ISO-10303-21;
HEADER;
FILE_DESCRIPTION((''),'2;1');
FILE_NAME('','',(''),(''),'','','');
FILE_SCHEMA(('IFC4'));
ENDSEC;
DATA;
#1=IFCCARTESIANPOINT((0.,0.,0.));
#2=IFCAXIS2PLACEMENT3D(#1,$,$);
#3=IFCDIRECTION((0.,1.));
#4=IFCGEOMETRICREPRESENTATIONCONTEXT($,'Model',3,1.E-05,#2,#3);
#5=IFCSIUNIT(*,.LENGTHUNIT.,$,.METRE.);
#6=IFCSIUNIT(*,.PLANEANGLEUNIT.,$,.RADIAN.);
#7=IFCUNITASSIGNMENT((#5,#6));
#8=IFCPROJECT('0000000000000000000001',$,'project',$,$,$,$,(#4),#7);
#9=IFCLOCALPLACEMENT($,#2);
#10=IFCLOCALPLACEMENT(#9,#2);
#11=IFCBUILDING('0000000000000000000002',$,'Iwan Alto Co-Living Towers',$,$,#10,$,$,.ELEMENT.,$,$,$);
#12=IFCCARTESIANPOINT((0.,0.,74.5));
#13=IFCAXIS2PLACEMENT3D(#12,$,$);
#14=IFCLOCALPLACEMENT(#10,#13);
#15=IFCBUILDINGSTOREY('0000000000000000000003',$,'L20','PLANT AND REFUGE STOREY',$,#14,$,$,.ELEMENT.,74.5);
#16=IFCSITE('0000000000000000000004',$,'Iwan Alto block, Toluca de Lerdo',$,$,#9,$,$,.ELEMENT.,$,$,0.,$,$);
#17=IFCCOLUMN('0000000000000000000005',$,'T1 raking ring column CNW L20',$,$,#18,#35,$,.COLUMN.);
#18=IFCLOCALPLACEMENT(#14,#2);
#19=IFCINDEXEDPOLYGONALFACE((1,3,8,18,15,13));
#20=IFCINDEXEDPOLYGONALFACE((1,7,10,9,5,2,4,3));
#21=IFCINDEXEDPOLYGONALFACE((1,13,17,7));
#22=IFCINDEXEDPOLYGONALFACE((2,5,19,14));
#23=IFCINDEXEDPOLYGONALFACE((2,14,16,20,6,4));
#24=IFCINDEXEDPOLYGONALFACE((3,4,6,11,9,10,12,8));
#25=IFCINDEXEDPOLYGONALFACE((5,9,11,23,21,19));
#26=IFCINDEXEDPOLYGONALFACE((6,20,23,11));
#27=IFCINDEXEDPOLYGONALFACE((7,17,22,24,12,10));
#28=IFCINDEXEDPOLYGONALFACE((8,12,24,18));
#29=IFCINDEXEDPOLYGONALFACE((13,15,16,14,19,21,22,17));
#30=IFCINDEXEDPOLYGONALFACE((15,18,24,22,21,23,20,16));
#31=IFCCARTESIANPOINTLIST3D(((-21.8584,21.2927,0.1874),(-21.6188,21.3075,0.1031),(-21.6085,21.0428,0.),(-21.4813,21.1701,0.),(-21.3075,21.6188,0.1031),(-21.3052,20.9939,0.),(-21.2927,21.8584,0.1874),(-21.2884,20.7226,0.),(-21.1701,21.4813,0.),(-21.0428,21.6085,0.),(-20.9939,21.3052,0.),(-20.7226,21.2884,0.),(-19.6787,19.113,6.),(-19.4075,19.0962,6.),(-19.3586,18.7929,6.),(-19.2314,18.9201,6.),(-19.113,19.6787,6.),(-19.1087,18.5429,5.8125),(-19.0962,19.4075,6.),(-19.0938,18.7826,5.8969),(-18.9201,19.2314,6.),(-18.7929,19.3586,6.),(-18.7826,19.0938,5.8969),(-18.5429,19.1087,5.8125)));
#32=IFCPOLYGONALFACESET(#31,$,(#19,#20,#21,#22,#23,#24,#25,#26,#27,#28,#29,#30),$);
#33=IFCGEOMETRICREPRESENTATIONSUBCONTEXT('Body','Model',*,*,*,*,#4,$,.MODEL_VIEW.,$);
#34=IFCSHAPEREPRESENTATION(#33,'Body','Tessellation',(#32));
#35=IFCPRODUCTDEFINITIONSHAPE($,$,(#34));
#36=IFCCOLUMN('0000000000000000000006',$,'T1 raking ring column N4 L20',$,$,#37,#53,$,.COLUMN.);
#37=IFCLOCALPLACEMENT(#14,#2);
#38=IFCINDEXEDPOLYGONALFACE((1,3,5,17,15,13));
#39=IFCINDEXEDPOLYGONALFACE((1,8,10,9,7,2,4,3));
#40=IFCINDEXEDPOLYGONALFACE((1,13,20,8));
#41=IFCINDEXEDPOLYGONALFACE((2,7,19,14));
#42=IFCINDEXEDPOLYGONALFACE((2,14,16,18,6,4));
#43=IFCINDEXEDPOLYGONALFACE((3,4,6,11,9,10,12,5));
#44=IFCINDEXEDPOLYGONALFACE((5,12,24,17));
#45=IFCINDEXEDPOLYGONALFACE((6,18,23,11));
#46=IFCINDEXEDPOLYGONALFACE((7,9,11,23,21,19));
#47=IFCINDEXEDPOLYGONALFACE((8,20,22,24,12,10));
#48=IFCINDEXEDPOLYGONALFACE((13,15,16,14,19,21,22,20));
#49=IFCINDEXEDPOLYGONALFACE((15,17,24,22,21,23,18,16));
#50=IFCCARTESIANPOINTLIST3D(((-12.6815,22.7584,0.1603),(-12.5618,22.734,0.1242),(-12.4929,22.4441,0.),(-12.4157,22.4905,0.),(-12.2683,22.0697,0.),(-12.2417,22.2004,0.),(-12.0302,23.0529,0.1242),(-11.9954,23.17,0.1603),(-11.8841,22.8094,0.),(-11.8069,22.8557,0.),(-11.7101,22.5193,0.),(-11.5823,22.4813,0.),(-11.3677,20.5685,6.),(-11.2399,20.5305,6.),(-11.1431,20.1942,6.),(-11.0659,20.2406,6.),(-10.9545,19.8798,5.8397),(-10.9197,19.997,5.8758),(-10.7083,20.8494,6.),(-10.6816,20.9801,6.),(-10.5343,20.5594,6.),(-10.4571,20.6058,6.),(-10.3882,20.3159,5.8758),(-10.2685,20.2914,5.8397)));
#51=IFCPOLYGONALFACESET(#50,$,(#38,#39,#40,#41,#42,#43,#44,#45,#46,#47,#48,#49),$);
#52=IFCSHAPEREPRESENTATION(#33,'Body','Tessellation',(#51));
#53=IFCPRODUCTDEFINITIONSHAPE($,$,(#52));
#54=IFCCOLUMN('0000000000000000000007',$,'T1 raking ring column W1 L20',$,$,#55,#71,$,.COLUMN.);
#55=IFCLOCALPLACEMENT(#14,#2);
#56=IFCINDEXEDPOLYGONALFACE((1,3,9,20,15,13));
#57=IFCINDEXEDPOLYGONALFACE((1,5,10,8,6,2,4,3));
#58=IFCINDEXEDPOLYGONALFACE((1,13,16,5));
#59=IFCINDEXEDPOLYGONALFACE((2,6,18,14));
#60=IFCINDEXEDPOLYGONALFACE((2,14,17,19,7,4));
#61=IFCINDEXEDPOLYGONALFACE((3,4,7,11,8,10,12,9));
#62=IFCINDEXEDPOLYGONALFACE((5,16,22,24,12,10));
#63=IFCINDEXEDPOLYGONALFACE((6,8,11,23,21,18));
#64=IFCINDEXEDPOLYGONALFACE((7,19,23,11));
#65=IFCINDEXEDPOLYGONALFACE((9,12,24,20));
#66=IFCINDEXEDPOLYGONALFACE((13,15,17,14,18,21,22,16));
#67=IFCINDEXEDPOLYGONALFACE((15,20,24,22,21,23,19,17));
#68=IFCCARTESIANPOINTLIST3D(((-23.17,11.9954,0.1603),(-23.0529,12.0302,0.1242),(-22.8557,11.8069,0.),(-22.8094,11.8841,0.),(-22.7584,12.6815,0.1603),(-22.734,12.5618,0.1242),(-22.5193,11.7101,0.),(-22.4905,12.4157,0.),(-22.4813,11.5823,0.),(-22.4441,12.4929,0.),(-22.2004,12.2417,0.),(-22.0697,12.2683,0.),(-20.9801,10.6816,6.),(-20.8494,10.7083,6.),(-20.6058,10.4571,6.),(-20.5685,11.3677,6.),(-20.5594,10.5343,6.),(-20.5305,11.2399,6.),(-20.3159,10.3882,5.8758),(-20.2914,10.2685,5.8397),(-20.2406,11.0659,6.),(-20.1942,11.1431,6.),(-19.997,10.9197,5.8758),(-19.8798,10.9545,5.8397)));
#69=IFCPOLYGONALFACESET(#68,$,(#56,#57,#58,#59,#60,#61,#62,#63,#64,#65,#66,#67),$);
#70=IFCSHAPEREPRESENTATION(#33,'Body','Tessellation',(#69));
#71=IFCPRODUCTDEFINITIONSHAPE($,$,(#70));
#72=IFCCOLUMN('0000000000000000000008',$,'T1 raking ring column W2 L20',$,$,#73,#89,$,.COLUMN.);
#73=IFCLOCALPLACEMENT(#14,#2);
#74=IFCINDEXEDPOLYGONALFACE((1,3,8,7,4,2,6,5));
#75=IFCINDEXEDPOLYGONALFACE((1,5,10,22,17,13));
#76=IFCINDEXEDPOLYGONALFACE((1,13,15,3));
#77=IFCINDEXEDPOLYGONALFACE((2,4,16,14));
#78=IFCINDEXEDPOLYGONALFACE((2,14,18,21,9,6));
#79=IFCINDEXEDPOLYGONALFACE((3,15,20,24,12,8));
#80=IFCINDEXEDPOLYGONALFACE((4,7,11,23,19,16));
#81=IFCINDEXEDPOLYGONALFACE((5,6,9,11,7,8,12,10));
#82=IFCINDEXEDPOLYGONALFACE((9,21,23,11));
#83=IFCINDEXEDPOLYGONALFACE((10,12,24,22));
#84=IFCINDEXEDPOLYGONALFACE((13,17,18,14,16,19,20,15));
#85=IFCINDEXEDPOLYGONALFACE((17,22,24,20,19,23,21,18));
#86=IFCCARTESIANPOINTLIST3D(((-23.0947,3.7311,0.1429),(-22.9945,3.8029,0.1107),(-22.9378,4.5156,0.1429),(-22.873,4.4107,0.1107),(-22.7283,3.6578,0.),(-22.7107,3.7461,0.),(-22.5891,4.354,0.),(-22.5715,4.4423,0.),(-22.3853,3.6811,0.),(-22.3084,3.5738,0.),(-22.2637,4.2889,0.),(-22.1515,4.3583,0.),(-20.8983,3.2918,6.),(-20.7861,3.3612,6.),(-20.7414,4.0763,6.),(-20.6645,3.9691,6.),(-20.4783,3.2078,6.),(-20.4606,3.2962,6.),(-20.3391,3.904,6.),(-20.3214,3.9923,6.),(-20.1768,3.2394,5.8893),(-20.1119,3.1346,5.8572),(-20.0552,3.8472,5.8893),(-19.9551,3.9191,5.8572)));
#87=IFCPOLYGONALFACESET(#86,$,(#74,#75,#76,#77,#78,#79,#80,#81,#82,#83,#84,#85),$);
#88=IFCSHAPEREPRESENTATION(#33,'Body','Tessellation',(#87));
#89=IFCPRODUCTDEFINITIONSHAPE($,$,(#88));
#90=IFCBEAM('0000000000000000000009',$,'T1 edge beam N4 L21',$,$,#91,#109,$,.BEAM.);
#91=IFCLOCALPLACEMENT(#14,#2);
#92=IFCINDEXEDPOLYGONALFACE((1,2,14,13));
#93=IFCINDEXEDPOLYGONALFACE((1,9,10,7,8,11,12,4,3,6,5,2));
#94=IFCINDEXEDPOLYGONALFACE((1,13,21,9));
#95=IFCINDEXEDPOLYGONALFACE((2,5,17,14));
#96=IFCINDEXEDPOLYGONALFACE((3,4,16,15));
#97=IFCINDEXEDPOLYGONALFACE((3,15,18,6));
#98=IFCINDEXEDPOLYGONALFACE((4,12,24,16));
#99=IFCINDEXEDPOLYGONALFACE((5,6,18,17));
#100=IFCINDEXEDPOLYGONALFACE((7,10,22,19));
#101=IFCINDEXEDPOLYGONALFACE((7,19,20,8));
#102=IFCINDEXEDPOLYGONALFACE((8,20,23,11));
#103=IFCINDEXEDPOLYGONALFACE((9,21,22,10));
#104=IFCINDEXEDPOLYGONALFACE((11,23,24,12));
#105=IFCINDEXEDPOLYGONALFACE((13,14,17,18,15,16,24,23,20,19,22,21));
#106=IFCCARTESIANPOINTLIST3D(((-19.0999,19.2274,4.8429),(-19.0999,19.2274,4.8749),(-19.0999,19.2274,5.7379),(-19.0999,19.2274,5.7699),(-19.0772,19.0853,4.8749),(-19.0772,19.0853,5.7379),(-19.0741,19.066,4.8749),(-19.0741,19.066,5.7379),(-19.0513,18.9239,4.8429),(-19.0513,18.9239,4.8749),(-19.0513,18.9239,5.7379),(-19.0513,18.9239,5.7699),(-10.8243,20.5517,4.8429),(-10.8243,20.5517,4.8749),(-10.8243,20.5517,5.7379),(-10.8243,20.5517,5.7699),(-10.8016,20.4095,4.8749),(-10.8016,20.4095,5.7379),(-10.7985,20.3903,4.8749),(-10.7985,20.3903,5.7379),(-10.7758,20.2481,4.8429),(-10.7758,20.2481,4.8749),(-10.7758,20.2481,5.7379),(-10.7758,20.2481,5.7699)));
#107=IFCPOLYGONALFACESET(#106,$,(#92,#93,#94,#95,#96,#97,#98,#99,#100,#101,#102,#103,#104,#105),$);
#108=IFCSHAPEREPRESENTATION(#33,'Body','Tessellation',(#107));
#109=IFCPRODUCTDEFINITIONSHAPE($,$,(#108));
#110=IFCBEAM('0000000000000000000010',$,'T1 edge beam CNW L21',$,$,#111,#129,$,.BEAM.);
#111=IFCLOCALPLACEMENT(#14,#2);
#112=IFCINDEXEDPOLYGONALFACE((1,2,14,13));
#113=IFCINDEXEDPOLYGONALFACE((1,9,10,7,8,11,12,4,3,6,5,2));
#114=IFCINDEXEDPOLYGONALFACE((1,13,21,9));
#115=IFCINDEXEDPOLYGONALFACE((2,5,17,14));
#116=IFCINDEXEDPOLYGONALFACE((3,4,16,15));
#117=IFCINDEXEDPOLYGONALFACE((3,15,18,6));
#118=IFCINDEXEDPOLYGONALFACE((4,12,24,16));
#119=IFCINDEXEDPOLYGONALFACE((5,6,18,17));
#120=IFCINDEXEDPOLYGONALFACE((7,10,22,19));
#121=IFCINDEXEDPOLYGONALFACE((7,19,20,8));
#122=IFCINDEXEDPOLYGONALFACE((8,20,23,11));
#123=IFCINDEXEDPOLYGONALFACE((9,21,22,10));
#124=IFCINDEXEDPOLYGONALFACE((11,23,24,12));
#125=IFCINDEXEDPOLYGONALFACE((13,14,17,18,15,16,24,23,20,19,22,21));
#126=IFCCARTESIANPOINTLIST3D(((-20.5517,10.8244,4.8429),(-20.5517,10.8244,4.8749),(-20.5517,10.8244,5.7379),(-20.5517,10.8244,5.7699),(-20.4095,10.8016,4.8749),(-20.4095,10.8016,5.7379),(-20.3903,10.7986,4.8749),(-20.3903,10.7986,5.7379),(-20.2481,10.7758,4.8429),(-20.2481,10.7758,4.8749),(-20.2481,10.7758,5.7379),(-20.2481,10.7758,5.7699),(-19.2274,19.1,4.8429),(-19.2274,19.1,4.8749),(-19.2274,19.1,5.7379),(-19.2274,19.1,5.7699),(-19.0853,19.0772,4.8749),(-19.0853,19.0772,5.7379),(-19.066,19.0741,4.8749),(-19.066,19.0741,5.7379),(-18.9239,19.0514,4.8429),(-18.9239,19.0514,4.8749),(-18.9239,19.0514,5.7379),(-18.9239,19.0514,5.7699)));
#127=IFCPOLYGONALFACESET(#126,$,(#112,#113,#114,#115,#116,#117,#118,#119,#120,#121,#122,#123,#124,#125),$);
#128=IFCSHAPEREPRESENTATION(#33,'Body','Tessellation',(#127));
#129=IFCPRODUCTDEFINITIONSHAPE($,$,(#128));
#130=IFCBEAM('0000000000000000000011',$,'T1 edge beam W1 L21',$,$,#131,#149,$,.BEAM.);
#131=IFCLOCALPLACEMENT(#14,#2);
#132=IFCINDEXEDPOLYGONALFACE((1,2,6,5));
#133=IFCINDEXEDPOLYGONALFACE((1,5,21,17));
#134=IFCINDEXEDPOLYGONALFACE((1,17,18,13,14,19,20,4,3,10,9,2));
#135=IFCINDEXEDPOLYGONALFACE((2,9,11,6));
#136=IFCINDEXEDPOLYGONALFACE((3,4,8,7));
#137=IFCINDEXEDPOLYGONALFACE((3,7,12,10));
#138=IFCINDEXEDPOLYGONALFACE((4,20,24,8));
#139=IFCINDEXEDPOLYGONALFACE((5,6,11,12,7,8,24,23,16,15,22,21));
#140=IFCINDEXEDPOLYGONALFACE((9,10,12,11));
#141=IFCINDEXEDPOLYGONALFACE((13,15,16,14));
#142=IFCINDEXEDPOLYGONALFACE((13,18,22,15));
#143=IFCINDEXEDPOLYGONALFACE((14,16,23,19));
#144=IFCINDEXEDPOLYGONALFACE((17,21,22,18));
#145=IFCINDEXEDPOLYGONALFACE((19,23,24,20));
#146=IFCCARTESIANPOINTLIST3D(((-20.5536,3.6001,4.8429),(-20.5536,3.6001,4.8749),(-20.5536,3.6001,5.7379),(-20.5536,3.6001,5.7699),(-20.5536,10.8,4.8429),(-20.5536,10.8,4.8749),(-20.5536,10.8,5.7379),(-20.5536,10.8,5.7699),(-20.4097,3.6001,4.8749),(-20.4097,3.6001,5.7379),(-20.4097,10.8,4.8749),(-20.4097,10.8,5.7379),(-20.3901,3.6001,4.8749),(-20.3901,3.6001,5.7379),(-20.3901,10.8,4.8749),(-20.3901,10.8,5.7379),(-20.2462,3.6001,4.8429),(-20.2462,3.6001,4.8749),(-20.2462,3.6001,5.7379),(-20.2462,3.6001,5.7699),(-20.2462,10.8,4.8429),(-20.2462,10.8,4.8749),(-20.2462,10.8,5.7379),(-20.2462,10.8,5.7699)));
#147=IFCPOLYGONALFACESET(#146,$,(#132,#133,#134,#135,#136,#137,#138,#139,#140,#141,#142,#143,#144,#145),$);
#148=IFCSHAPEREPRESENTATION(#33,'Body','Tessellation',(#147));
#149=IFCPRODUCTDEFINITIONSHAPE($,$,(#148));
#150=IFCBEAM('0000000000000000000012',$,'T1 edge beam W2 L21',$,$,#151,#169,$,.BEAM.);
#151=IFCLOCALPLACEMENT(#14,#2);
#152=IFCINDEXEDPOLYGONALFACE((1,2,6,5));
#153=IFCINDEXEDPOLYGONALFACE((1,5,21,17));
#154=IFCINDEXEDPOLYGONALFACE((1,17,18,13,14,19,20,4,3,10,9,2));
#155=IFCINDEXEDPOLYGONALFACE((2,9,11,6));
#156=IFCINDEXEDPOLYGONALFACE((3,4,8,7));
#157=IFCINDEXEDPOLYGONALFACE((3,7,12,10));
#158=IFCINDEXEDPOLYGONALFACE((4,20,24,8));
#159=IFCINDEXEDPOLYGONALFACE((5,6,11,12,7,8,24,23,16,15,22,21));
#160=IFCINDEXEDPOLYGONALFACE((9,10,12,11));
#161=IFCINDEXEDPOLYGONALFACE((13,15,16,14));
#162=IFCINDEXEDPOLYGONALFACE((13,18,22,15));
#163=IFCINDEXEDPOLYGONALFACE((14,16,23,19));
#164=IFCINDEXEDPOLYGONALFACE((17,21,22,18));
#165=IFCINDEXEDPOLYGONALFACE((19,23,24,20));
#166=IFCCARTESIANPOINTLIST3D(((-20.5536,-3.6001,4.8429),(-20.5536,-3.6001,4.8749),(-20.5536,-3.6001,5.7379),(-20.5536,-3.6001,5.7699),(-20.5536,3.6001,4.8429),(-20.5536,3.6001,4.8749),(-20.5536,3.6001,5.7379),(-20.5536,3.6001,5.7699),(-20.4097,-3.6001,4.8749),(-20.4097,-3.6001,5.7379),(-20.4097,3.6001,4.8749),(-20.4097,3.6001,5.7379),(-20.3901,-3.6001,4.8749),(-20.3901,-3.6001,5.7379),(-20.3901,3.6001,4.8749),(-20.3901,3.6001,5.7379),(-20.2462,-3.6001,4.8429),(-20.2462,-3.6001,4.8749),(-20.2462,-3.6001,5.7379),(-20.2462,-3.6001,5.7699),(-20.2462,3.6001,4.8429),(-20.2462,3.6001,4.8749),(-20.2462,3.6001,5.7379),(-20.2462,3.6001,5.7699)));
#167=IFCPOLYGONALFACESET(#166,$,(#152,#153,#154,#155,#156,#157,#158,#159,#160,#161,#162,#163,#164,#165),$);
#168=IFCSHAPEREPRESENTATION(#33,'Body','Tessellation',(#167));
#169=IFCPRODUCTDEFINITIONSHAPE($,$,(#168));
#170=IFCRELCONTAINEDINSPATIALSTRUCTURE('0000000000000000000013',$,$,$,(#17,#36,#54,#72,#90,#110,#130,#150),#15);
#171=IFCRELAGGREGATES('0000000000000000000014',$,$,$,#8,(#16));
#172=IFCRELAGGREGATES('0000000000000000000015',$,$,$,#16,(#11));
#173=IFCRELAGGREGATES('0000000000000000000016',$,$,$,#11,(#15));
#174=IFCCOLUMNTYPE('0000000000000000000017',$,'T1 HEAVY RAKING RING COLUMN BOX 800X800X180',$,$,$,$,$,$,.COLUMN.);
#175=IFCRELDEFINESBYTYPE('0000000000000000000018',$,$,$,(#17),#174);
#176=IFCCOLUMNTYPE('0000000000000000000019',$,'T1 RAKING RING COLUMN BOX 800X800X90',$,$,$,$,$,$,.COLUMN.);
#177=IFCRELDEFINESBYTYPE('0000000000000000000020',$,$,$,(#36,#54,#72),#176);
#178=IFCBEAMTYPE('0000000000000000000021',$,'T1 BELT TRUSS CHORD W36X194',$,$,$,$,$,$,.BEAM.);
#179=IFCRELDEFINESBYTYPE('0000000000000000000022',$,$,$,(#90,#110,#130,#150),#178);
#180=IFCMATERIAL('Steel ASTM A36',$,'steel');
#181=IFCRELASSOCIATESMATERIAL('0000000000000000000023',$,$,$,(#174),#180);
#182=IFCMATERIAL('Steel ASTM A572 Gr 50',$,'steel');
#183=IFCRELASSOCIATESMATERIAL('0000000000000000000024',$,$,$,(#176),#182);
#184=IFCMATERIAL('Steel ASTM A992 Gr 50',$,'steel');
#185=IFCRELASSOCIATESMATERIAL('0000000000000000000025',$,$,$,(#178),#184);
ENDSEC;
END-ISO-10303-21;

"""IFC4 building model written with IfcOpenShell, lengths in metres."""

from ifc_helpers import new_model, si_unit, direction, frame, origin, origin_2d, place, context, subcontext, project, spatial, hollow_rectangle, i_section, extrude, clip, halfspace, material, material_profile, profile_set, type_object, element, save


model = new_model("IFC4")

# Units and contexts
model_context = context("Model", 3, precision=1e-05, world=origin(), true_north=direction((0.0, 1.0)))
body_context = subcontext(model_context, "Body", "Model", "MODEL_VIEW")
ifc_project = project(units=[si_unit("LENGTHUNIT", "METRE"), si_unit("PLANEANGLEUNIT", "RADIAN")], contexts=[model_context])

# Site, building, storey
site_placement = place(None, origin())
site = spatial("IfcSite", under=ifc_project, at=site_placement, Name="Iwan Alto block, Toluca de Lerdo", CompositionType="ELEMENT", RefElevation=0.0)
building_placement = place(site_placement, origin())
building = spatial("IfcBuilding", under=site, at=building_placement, Name="Iwan Alto Co-Living Towers", CompositionType="ELEMENT")
storey_placement = place(building_placement, frame((0.0, 0.0, 74.5)))
storey = spatial("IfcBuildingStorey", under=building, at=storey_placement, Name="L20", Description="PLANT AND REFUGE STOREY", CompositionType="ELEMENT", Elevation=74.5)

# Columns
ifc_material_1 = material(Name="Steel ASTM A36", Category="steel")
ifc_material_profile_1 = material_profile(ifc_material_1, hollow_rectangle(XDim=0.8, YDim=0.8, WallThickness=0.1799, at=origin_2d()), Name="BOX 800X800X180")
ifc_profile_set_1 = profile_set([ifc_material_profile_1], Name="Steel ASTM A36")
column_type_1 = type_object("IfcColumnType", Name="T1 HEAVY RAKING RING COLUMN BOX 800X800X180", PredefinedType="COLUMN", material=ifc_profile_set_1)
column_1_placement = place(storey_placement, frame((-21.3257, 21.3257, 0.0), z_axis=(0.331295, -0.331295, 0.883452), x_axis=(0.707107, 0.707107, 0.0)))
element("IfcColumn", 1, at=column_1_placement, inside=storey, type_object=column_type_1, Name="T1 raking ring column CNW L20", PredefinedType="COLUMN", context=body_context, shape_type="Clipping", body=[
    clip(clip(extrude(hollow_rectangle(XDim=0.8, YDim=0.8, WallThickness=0.1799, at=origin_2d()), origin(), (0.0, 0.0, 1.0), 6.7915), halfspace(frame((0.0, 0.0, 0.0), z_axis=(0.0, -0.468521, -0.883452), x_axis=(0.707107, -0.624695, 0.331295)), False)), halfspace(frame((0.0, 2.811, 5.3008), z_axis=(0.0, 0.468521, 0.883452), x_axis=(0.707107, -0.624695, 0.331295)), False)),
])
ifc_material_2 = material(Name="Steel ASTM A572 Gr 50", Category="steel")
ifc_material_profile_2 = material_profile(ifc_material_2, hollow_rectangle(XDim=0.8, YDim=0.8, WallThickness=0.0901, at=origin_2d()), Name="BOX 800X800X90")
ifc_profile_set_2 = profile_set([ifc_material_profile_2], Name="Steel ASTM A572 Gr 50")
column_type_2 = type_object("IfcColumnType", Name="T1 RAKING RING COLUMN BOX 800X800X90", PredefinedType="COLUMN", material=ifc_profile_set_2)
column_2_placement = place(storey_placement, frame((-12.1499, 22.6499, 0.0), z_axis=(0.206128, -0.343583, 0.916222), x_axis=(0.857518, 0.514455, 0.0)))
element("IfcColumn", 2, at=column_2_placement, inside=storey, type_object=column_type_2, Name="T1 raking ring column N4 L20", PredefinedType="COLUMN", context=body_context, shape_type="Clipping", body=[
    clip(clip(extrude(hollow_rectangle(XDim=0.8, YDim=0.8, WallThickness=0.0901, at=origin_2d()), origin(), (0.0, 0.0, 1.0), 6.5486), halfspace(frame((0.0, 0.0, 0.0), z_axis=(0.0, -0.400672, -0.916222), x_axis=(0.857518, -0.471355, 0.206128)), False)), halfspace(frame((0.0, 2.4041, 5.4973), z_axis=(0.0, 0.400672, 0.916222), x_axis=(0.857518, -0.471355, 0.206128)), False)),
])
column_3_placement = place(storey_placement, frame((-22.6499, 12.1499, 0.0), z_axis=(0.343583, -0.206128, 0.916222), x_axis=(0.514455, 0.857518, 0.0)))
element("IfcColumn", 3, at=column_3_placement, inside=storey, type_object=column_type_2, Name="T1 raking ring column W1 L20", PredefinedType="COLUMN", context=body_context, shape_type="Clipping", body=[
    clip(clip(extrude(hollow_rectangle(XDim=0.8, YDim=0.8, WallThickness=0.0901, at=origin_2d()), origin(), (0.0, 0.0, 1.0), 6.5486), halfspace(frame((0.0, 0.0, 0.0), z_axis=(0.0, -0.400672, -0.916222), x_axis=(0.514455, -0.785676, 0.343583)), False)), halfspace(frame((0.0, 2.4041, 5.4973), z_axis=(0.0, 0.400672, 0.916222), x_axis=(0.514455, -0.785676, 0.343583)), False)),
])
column_4_placement = place(storey_placement, frame((-22.6499, 4.05, 0.0), z_axis=(0.350261, -0.070045, 0.934029), x_axis=(0.196096, 0.980585, 0.0)))
element("IfcColumn", 4, at=column_4_placement, inside=storey, type_object=column_type_2, Name="T1 raking ring column W2 L20", PredefinedType="COLUMN", context=body_context, shape_type="Clipping", body=[
    clip(clip(extrude(hollow_rectangle(XDim=0.8, YDim=0.8, WallThickness=0.0901, at=origin_2d()), origin(), (0.0, 0.0, 1.0), 6.4238), halfspace(frame((0.0, 0.0, 0.0), z_axis=(0.0, -0.357196, -0.934029), x_axis=(0.196096, -0.915895, 0.350261)), False)), halfspace(frame((0.0, 2.1431, 5.6042), z_axis=(0.0, 0.357196, 0.934029), x_axis=(0.196096, -0.915895, 0.350261)), False)),
])

# Beams
ifc_material_3 = material(Name="Steel ASTM A992 Gr 50", Category="steel")
ifc_material_profile_3 = material_profile(ifc_material_3, i_section(OverallWidth=0.3074, OverallDepth=0.927, WebThickness=0.0195, FlangeThickness=0.032, at=origin_2d()), Name="W36X194")
ifc_profile_set_3 = profile_set([ifc_material_profile_3], Name="Steel ASTM A992 Gr 50")
beam_type_1 = type_object("IfcBeamType", Name="T1 BELT TRUSS CHORD W36X194", PredefinedType="BEAM", material=ifc_profile_set_3)
for number, where, z_axis, x_axis, name in (
    (5, (-10.8, 20.3999, 5.3064), (-0.987438, -0.158004, 0.0), (0.158004, -0.987438, 0.0), "T1 edge beam N4 L21"),
    (6, (-19.0757, 19.0757, 5.3064), (-0.158004, -0.987438, 0.0), (0.987438, -0.158004, 0.0), "T1 edge beam CNW L21"),
):
    element("IfcBeam", number, at=place(storey_placement, frame(where, z_axis=z_axis, x_axis=x_axis)), inside=storey, type_object=beam_type_1, Name=name, PredefinedType="BEAM", context=body_context, shape_type="SweptSolid", body=[
        extrude(i_section(OverallWidth=0.3074, OverallDepth=0.927, WebThickness=0.0195, FlangeThickness=0.032, at=origin_2d()), origin(), (0.0, 0.0, 1.0), 8.3809),
    ])
beam_1_placement = place(storey_placement, frame((-20.3999, 10.8, 5.3064), z_axis=(0.0, -1.0, 0.0), x_axis=(1.0, 0.0, 0.0)))
element("IfcBeam", 7, at=beam_1_placement, inside=storey, type_object=beam_type_1, Name="T1 edge beam W1 L21", PredefinedType="BEAM", context=body_context, shape_type="SweptSolid", body=[
    extrude(i_section(OverallWidth=0.3074, OverallDepth=0.927, WebThickness=0.0195, FlangeThickness=0.032, at=origin_2d()), origin(), (0.0, 0.0, 1.0), 7.2),
])
beam_2_placement = place(storey_placement, frame((-20.3999, 3.6001, 5.3064), z_axis=(0.0, -1.0, 0.0), x_axis=(1.0, 0.0, 0.0)))
element("IfcBeam", 8, at=beam_2_placement, inside=storey, type_object=beam_type_1, Name="T1 edge beam W2 L21", PredefinedType="BEAM", context=body_context, shape_type="SweptSolid", body=[
    extrude(i_section(OverallWidth=0.3074, OverallDepth=0.927, WebThickness=0.0195, FlangeThickness=0.032, at=origin_2d()), origin(), (0.0, 0.0, 1.0), 7.2002),
])

save(model, "model.ifc")
